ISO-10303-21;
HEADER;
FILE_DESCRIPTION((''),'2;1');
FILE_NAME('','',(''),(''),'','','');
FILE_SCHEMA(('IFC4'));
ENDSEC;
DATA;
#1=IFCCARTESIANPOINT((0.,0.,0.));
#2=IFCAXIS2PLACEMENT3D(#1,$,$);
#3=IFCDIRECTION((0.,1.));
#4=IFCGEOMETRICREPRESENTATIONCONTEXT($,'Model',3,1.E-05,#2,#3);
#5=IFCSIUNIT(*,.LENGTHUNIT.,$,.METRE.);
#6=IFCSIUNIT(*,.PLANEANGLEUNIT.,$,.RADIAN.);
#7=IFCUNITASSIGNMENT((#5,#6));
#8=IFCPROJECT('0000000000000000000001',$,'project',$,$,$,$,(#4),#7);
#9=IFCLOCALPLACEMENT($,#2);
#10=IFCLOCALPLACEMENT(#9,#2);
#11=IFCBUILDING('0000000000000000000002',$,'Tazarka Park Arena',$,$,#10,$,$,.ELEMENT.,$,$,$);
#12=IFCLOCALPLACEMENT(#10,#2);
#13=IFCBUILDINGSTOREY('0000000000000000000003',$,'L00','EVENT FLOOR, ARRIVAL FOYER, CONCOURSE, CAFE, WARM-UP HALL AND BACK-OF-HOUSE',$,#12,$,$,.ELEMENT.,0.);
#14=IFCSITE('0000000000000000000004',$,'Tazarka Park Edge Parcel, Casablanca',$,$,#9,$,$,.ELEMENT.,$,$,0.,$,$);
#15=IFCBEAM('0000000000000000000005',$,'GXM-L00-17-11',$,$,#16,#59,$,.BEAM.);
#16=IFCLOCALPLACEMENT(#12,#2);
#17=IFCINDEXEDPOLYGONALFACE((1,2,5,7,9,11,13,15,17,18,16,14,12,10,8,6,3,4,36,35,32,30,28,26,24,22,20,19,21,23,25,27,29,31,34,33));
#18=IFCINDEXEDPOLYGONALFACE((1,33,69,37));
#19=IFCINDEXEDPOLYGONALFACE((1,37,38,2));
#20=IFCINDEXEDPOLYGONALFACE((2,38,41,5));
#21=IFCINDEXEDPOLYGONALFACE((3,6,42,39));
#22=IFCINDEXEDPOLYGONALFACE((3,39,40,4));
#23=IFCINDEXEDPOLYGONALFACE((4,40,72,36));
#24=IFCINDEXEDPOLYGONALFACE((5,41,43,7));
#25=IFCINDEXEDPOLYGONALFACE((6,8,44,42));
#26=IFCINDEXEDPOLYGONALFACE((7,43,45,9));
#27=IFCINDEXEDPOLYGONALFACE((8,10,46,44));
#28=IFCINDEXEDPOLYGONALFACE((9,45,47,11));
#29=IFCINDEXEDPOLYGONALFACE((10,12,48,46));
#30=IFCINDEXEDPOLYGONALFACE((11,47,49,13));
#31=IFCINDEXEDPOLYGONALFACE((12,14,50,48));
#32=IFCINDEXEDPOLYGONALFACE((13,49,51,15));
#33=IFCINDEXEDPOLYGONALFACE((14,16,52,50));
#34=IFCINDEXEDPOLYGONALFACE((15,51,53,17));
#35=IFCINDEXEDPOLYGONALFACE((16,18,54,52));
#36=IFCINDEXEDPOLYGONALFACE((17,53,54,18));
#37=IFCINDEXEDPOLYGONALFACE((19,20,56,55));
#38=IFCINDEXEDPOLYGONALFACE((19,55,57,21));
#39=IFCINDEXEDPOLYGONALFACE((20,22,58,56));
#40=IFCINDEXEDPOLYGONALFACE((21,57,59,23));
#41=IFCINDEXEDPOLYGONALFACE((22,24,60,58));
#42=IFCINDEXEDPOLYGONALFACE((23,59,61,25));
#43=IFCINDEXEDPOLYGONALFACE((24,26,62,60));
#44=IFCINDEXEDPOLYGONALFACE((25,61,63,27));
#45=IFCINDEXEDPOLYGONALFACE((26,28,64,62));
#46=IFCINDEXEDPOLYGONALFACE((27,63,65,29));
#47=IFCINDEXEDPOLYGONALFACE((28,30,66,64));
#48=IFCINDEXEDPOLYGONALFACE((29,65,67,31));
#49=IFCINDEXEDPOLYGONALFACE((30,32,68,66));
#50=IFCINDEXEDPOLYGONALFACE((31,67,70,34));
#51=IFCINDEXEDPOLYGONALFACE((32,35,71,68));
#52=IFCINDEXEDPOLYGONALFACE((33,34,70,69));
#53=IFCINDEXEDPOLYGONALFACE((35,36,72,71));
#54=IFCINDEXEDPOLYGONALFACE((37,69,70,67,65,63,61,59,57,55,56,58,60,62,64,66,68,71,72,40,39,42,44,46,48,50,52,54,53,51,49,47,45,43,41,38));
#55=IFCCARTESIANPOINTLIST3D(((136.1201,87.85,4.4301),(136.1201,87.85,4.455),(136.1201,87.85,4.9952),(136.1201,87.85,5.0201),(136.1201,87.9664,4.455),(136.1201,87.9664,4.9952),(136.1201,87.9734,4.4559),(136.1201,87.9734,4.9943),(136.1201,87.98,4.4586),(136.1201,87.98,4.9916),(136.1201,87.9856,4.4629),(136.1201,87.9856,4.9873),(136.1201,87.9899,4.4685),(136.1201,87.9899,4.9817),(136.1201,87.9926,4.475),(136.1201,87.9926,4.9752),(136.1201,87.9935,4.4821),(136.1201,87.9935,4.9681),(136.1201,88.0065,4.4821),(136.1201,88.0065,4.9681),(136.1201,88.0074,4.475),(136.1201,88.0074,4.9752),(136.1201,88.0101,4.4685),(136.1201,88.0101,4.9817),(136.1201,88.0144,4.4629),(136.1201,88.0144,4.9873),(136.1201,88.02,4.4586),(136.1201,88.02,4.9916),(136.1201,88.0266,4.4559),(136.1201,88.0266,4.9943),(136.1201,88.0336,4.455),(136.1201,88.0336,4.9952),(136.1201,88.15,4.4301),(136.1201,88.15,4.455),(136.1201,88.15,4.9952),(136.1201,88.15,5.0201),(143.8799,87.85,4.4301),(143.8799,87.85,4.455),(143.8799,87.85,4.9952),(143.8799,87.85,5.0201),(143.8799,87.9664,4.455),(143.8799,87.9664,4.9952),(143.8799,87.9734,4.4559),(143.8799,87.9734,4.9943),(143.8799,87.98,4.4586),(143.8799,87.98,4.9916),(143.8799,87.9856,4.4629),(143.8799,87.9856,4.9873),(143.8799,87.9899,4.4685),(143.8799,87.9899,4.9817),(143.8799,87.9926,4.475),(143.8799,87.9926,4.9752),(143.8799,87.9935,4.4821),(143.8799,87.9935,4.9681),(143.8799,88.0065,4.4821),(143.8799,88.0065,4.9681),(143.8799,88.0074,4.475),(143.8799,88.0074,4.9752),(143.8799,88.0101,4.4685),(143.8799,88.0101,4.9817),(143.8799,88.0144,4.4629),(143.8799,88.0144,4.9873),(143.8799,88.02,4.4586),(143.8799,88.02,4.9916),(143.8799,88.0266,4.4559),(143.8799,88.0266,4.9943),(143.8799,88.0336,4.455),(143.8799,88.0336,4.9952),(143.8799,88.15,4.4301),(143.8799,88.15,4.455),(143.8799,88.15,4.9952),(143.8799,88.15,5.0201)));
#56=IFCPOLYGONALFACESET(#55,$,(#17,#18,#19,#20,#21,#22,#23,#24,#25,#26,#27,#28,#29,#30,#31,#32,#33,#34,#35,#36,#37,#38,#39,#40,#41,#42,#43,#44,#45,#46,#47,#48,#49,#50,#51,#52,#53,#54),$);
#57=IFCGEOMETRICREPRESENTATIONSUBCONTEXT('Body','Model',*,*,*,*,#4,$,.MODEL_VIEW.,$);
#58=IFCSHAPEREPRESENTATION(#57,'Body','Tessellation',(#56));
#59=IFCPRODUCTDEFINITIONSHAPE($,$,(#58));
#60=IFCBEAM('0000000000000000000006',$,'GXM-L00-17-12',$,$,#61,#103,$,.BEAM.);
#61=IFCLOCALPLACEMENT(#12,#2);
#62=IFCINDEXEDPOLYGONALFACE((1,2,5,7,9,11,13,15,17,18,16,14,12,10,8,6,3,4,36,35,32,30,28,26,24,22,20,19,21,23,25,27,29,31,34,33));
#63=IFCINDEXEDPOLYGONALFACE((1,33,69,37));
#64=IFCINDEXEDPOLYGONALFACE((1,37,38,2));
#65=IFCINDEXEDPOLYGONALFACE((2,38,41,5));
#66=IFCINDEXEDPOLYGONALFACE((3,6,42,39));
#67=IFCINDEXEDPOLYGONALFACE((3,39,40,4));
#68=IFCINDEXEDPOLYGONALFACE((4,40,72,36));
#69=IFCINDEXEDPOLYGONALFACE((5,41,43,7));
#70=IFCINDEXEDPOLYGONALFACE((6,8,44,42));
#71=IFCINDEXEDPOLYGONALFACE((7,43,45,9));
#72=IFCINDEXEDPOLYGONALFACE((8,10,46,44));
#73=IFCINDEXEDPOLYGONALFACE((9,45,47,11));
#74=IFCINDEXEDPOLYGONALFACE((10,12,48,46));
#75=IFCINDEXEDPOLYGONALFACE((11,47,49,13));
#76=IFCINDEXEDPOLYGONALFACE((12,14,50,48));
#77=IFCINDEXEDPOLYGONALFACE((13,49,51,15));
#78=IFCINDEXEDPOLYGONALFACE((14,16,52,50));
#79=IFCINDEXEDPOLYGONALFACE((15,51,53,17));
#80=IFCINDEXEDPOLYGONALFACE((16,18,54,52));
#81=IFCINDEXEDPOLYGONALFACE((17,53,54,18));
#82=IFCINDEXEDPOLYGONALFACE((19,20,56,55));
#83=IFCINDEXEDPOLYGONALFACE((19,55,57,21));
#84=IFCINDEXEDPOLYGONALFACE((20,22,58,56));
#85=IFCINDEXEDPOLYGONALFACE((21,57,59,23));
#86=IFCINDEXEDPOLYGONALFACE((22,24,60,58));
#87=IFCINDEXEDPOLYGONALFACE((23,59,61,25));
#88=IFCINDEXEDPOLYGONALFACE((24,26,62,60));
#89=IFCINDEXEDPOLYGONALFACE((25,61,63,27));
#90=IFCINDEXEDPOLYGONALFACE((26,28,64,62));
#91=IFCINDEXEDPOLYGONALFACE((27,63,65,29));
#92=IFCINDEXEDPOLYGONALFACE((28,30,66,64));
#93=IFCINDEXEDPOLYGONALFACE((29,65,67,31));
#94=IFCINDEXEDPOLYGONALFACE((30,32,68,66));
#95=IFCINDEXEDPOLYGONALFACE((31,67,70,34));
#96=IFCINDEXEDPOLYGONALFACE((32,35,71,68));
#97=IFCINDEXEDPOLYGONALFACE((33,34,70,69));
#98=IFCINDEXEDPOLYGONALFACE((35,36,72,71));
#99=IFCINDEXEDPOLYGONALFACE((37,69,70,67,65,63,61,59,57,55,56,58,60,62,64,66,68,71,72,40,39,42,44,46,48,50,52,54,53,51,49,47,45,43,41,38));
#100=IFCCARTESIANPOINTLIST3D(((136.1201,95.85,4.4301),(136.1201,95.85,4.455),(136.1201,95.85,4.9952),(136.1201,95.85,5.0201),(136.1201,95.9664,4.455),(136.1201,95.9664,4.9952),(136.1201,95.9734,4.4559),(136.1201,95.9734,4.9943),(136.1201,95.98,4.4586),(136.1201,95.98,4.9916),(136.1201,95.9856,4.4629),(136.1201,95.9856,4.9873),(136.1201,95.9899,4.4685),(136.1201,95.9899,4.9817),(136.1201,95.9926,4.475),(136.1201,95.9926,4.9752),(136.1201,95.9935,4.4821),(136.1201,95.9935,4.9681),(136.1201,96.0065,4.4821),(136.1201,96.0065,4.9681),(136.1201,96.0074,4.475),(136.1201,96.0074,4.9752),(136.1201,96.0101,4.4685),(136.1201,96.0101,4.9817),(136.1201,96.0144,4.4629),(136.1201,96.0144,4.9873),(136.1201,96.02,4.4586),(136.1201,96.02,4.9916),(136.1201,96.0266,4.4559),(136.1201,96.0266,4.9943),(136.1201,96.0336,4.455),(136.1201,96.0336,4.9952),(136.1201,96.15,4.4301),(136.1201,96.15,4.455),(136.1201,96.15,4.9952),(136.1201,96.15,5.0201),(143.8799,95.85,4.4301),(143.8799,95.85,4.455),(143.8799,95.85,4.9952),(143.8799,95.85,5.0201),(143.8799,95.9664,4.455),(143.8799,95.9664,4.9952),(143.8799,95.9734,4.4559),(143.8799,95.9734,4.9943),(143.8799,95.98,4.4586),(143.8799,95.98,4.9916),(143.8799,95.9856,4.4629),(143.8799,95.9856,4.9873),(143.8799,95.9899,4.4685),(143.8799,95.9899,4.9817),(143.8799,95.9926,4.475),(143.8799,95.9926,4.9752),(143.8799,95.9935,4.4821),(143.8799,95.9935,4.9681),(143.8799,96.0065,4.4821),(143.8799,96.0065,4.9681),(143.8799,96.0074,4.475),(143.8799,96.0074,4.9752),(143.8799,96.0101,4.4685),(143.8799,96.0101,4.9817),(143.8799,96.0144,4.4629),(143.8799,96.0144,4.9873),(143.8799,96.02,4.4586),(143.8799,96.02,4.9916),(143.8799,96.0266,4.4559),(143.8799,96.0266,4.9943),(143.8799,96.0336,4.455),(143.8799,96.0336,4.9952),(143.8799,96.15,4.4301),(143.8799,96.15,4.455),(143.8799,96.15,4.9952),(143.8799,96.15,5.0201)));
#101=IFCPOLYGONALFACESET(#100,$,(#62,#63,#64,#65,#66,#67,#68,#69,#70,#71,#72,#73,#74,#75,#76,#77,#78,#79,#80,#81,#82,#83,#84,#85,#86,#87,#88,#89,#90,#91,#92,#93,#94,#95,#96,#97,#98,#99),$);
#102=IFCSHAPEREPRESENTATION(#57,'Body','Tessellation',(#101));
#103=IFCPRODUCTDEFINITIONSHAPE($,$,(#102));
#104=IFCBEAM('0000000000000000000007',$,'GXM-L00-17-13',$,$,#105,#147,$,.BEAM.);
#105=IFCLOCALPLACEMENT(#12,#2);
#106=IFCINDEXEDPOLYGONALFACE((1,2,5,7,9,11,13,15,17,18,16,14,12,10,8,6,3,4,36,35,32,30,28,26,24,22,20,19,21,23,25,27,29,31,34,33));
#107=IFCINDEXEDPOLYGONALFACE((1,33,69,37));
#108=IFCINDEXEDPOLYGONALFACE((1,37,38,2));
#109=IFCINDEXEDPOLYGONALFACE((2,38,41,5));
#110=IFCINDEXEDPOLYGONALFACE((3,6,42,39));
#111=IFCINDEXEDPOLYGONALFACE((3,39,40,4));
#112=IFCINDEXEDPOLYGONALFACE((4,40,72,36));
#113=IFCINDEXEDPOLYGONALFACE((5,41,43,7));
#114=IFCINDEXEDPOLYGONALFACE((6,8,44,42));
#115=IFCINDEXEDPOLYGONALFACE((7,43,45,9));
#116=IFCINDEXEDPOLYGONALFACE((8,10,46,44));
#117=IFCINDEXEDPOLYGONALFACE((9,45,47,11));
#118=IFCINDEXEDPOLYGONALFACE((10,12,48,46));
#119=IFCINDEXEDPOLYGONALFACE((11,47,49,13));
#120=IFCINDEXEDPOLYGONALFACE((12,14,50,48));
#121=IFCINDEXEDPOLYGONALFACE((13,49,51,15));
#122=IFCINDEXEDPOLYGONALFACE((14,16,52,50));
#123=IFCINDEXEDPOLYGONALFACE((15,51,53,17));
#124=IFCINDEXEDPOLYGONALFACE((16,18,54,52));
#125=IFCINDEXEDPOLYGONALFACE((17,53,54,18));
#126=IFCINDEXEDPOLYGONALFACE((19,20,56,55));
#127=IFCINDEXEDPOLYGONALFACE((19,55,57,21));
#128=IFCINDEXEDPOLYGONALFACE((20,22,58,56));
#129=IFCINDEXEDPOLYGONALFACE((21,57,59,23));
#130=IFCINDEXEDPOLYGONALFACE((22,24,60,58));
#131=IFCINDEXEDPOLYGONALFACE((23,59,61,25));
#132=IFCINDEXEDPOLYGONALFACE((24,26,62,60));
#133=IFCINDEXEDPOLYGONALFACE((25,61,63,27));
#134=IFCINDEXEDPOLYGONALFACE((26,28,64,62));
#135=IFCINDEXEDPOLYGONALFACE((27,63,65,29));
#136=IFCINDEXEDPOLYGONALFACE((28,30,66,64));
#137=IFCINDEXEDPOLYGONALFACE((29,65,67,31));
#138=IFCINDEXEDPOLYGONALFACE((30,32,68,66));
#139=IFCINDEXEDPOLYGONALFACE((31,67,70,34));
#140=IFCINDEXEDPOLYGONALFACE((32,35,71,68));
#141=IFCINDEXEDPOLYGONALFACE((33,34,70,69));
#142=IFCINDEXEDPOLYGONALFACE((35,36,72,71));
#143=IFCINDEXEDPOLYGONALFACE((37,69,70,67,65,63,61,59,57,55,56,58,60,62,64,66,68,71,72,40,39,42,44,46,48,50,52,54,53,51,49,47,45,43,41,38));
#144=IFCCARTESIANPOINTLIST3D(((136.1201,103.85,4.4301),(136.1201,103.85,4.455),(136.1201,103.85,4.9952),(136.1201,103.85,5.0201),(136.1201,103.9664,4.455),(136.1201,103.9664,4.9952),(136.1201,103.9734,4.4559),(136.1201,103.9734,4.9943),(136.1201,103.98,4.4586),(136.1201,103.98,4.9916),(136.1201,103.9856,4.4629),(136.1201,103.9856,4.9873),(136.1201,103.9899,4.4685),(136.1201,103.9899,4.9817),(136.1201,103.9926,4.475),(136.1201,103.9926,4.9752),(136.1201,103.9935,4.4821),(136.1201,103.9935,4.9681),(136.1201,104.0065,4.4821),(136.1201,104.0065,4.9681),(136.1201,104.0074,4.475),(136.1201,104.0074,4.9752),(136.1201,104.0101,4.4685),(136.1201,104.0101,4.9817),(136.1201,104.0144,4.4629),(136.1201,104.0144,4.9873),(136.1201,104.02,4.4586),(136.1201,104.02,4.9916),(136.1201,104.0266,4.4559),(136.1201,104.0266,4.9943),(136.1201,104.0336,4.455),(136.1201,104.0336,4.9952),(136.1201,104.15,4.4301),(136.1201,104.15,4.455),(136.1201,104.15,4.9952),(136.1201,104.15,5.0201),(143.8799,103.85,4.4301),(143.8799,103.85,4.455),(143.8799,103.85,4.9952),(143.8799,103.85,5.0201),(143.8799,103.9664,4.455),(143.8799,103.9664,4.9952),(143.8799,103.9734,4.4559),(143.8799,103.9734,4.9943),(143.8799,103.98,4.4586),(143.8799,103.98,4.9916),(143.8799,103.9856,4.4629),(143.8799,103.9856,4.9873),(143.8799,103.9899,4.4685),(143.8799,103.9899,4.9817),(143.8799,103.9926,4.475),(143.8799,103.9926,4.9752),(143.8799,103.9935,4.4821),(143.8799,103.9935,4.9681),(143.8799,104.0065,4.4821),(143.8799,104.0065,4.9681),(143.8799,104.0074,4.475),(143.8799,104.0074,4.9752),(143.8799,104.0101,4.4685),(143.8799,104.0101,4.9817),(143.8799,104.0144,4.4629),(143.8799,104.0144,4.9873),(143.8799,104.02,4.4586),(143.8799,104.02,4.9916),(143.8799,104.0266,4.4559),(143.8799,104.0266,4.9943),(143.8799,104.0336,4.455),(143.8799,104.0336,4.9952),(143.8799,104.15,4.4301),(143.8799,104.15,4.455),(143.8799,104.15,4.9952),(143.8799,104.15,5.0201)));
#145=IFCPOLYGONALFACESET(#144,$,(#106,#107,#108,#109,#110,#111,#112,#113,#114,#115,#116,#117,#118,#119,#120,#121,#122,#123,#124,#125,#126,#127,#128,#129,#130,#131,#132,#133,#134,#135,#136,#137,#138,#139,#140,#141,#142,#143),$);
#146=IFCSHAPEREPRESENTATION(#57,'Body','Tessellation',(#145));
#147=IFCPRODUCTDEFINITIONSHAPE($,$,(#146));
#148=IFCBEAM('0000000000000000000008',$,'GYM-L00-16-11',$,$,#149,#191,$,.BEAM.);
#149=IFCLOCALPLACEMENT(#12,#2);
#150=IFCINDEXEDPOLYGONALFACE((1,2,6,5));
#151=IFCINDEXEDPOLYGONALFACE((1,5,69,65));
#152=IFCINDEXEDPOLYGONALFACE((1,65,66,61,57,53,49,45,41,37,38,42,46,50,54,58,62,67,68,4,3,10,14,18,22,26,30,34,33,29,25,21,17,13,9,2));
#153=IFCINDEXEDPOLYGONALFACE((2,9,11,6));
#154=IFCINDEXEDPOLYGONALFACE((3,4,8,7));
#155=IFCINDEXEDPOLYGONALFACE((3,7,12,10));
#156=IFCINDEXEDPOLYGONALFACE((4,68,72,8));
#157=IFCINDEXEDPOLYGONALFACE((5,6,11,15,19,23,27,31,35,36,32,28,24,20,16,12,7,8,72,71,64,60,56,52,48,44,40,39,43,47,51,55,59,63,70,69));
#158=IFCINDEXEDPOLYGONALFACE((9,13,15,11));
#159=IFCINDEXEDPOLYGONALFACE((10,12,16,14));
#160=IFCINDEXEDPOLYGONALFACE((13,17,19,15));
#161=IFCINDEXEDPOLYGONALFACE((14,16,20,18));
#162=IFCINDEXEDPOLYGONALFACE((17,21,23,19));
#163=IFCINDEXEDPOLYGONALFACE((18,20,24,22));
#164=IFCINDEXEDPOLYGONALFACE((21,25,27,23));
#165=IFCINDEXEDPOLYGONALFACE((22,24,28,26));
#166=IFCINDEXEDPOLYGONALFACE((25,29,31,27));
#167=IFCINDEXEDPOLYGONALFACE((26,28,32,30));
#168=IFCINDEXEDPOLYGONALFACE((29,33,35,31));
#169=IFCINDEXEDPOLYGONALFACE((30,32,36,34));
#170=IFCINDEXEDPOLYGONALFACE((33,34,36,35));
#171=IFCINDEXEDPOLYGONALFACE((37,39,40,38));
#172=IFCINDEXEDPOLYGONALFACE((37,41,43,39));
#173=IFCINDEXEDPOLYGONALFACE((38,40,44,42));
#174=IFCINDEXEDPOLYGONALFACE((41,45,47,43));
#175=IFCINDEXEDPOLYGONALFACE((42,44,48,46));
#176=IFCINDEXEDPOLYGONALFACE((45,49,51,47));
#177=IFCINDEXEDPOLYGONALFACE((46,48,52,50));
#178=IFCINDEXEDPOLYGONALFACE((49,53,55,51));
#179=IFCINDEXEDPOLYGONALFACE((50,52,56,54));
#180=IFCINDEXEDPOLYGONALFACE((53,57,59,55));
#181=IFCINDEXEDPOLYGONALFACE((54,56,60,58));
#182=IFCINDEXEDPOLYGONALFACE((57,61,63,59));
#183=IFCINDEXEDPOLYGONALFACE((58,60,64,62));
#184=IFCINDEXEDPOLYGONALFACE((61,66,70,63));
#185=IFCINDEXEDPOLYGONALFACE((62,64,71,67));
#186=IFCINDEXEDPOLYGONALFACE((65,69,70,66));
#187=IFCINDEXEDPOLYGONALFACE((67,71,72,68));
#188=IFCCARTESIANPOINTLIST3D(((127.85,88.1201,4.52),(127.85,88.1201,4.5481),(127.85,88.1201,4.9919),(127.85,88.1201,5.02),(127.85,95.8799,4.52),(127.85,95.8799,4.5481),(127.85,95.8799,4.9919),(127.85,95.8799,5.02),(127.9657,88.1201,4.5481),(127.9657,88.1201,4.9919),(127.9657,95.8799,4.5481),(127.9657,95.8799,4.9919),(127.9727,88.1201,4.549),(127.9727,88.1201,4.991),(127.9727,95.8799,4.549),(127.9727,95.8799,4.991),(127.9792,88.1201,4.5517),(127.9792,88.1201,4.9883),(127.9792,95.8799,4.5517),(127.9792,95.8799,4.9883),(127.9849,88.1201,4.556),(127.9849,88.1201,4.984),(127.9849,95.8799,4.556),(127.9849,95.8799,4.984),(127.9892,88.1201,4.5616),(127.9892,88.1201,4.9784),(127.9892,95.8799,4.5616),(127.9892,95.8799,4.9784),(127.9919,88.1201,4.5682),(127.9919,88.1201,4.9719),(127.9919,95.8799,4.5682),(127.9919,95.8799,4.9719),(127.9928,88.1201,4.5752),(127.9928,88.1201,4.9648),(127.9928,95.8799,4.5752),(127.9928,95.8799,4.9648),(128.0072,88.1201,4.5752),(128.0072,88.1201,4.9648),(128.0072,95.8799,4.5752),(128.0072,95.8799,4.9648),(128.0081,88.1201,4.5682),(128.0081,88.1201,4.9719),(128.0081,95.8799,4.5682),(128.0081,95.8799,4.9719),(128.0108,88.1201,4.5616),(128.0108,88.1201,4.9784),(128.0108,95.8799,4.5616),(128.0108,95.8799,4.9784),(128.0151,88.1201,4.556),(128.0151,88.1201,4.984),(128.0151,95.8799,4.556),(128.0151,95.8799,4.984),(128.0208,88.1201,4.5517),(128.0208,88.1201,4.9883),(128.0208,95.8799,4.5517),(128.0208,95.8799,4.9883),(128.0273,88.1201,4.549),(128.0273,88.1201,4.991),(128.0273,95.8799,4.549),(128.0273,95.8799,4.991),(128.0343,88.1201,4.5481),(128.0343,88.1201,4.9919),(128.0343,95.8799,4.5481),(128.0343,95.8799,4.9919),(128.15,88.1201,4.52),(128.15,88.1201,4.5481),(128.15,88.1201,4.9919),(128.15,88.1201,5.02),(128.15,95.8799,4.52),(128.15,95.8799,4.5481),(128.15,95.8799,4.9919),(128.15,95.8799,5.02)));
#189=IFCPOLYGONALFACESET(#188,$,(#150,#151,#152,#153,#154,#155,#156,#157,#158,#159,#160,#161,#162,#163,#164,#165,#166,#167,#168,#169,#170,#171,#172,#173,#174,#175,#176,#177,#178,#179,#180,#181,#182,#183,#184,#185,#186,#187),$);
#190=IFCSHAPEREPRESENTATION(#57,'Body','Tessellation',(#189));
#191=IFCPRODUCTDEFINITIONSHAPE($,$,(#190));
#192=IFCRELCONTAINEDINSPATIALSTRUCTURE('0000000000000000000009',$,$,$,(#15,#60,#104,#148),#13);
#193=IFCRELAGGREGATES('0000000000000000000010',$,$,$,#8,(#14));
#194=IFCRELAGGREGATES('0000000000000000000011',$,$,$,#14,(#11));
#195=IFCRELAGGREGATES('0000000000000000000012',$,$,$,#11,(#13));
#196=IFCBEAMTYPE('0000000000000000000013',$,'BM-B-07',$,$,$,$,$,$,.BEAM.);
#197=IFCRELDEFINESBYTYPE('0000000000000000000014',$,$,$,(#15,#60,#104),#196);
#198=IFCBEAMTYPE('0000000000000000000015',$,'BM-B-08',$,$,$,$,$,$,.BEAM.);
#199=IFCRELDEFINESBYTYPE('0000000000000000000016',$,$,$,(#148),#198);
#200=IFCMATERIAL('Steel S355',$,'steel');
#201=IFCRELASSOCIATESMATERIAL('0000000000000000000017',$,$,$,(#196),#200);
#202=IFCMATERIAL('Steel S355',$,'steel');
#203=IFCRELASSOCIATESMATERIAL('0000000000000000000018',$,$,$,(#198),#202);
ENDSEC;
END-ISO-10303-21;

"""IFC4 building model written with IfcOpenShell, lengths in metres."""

from ifc_helpers import new_model, si_unit, direction, frame, origin, origin_2d, place, context, subcontext, project, spatial, i_section, extrude, material, material_profile, profile_set, type_object, element, save


model = new_model("IFC4")

# Units and contexts
model_context = context("Model", 3, precision=1e-05, world=origin(), true_north=direction((0.0, 1.0)))
body_context = subcontext(model_context, "Body", "Model", "MODEL_VIEW")
ifc_project = project(units=[si_unit("LENGTHUNIT", "METRE"), si_unit("PLANEANGLEUNIT", "RADIAN")], contexts=[model_context])

# Site, building, storey
site_placement = place(None, origin())
site = spatial("IfcSite", under=ifc_project, at=site_placement, Name="Tazarka Park Edge Parcel, Casablanca", CompositionType="ELEMENT", RefElevation=0.0)
building_placement = place(site_placement, origin())
building = spatial("IfcBuilding", under=site, at=building_placement, Name="Tazarka Park Arena", CompositionType="ELEMENT")
storey_placement = place(building_placement, origin())
storey = spatial("IfcBuildingStorey", under=building, at=storey_placement, Name="L00", Description="EVENT FLOOR, ARRIVAL FOYER, CONCOURSE, CAFE, WARM-UP HALL AND BACK-OF-HOUSE", CompositionType="ELEMENT", Elevation=0.0)

# Beams
ifc_material_1 = material(Name="Steel S355", Category="steel")
ifc_material_profile_1 = material_profile(ifc_material_1, i_section(OverallWidth=0.3, OverallDepth=0.5901, WebThickness=0.0129, FlangeThickness=0.0249, FilletRadius=0.0271, at=origin_2d()), Name="Steel S355")
ifc_profile_set_1 = profile_set([ifc_material_profile_1], Name="Steel S355")
beam_type_1 = type_object("IfcBeamType", Name="BM-B-07", PredefinedType="BEAM", material=ifc_profile_set_1)
for number, where, z_axis, x_axis, name in (
    (1, (136.1201, 88.0, 4.7251), (1.0, 0.0, 0.0), (0.0, 1.0, 0.0), "GXM-L00-17-11"),
    (2, (136.1201, 96.0, 4.7251), (1.0, 0.0, 0.0), (0.0, 1.0, 0.0), "GXM-L00-17-12"),
    (3, (136.1201, 104.0, 4.7251), (1.0, 0.0, 0.0), (0.0, 1.0, 0.0), "GXM-L00-17-13"),
):
    element("IfcBeam", number, at=place(storey_placement, frame(where, z_axis=z_axis, x_axis=x_axis)), inside=storey, type_object=beam_type_1, Name=name, PredefinedType="BEAM", context=body_context, shape_type="SweptSolid", body=[
        extrude(i_section(OverallWidth=0.3, OverallDepth=0.5901, WebThickness=0.0129, FlangeThickness=0.0249, FilletRadius=0.0271, at=origin_2d()), origin(), (0.0, 0.0, 1.0), 7.7598),
    ])
ifc_material_2 = material(Name="Steel S355", Category="steel")
ifc_material_profile_2 = material_profile(ifc_material_2, i_section(OverallWidth=0.3, OverallDepth=0.5, WebThickness=0.0144, FlangeThickness=0.0281, FilletRadius=0.0271, at=origin_2d()), Name="Steel S355")
ifc_profile_set_2 = profile_set([ifc_material_profile_2], Name="Steel S355")
beam_type_2 = type_object("IfcBeamType", Name="BM-B-08", PredefinedType="BEAM", material=ifc_profile_set_2)
for number, where, z_axis, x_axis, name in (
    (4, (128.0, 88.1201, 4.77), (0.0, 1.0, 0.0), (-1.0, 0.0, 0.0), "GYM-L00-16-11"),
):
    element("IfcBeam", number, at=place(storey_placement, frame(where, z_axis=z_axis, x_axis=x_axis)), inside=storey, type_object=beam_type_2, Name=name, PredefinedType="BEAM", context=body_context, shape_type="SweptSolid", body=[
        extrude(i_section(OverallWidth=0.3, OverallDepth=0.5, WebThickness=0.0144, FlangeThickness=0.0281, FilletRadius=0.0271, at=origin_2d()), origin(), (0.0, 0.0, 1.0), 7.7598),
    ])

save(model, "model.ifc")
